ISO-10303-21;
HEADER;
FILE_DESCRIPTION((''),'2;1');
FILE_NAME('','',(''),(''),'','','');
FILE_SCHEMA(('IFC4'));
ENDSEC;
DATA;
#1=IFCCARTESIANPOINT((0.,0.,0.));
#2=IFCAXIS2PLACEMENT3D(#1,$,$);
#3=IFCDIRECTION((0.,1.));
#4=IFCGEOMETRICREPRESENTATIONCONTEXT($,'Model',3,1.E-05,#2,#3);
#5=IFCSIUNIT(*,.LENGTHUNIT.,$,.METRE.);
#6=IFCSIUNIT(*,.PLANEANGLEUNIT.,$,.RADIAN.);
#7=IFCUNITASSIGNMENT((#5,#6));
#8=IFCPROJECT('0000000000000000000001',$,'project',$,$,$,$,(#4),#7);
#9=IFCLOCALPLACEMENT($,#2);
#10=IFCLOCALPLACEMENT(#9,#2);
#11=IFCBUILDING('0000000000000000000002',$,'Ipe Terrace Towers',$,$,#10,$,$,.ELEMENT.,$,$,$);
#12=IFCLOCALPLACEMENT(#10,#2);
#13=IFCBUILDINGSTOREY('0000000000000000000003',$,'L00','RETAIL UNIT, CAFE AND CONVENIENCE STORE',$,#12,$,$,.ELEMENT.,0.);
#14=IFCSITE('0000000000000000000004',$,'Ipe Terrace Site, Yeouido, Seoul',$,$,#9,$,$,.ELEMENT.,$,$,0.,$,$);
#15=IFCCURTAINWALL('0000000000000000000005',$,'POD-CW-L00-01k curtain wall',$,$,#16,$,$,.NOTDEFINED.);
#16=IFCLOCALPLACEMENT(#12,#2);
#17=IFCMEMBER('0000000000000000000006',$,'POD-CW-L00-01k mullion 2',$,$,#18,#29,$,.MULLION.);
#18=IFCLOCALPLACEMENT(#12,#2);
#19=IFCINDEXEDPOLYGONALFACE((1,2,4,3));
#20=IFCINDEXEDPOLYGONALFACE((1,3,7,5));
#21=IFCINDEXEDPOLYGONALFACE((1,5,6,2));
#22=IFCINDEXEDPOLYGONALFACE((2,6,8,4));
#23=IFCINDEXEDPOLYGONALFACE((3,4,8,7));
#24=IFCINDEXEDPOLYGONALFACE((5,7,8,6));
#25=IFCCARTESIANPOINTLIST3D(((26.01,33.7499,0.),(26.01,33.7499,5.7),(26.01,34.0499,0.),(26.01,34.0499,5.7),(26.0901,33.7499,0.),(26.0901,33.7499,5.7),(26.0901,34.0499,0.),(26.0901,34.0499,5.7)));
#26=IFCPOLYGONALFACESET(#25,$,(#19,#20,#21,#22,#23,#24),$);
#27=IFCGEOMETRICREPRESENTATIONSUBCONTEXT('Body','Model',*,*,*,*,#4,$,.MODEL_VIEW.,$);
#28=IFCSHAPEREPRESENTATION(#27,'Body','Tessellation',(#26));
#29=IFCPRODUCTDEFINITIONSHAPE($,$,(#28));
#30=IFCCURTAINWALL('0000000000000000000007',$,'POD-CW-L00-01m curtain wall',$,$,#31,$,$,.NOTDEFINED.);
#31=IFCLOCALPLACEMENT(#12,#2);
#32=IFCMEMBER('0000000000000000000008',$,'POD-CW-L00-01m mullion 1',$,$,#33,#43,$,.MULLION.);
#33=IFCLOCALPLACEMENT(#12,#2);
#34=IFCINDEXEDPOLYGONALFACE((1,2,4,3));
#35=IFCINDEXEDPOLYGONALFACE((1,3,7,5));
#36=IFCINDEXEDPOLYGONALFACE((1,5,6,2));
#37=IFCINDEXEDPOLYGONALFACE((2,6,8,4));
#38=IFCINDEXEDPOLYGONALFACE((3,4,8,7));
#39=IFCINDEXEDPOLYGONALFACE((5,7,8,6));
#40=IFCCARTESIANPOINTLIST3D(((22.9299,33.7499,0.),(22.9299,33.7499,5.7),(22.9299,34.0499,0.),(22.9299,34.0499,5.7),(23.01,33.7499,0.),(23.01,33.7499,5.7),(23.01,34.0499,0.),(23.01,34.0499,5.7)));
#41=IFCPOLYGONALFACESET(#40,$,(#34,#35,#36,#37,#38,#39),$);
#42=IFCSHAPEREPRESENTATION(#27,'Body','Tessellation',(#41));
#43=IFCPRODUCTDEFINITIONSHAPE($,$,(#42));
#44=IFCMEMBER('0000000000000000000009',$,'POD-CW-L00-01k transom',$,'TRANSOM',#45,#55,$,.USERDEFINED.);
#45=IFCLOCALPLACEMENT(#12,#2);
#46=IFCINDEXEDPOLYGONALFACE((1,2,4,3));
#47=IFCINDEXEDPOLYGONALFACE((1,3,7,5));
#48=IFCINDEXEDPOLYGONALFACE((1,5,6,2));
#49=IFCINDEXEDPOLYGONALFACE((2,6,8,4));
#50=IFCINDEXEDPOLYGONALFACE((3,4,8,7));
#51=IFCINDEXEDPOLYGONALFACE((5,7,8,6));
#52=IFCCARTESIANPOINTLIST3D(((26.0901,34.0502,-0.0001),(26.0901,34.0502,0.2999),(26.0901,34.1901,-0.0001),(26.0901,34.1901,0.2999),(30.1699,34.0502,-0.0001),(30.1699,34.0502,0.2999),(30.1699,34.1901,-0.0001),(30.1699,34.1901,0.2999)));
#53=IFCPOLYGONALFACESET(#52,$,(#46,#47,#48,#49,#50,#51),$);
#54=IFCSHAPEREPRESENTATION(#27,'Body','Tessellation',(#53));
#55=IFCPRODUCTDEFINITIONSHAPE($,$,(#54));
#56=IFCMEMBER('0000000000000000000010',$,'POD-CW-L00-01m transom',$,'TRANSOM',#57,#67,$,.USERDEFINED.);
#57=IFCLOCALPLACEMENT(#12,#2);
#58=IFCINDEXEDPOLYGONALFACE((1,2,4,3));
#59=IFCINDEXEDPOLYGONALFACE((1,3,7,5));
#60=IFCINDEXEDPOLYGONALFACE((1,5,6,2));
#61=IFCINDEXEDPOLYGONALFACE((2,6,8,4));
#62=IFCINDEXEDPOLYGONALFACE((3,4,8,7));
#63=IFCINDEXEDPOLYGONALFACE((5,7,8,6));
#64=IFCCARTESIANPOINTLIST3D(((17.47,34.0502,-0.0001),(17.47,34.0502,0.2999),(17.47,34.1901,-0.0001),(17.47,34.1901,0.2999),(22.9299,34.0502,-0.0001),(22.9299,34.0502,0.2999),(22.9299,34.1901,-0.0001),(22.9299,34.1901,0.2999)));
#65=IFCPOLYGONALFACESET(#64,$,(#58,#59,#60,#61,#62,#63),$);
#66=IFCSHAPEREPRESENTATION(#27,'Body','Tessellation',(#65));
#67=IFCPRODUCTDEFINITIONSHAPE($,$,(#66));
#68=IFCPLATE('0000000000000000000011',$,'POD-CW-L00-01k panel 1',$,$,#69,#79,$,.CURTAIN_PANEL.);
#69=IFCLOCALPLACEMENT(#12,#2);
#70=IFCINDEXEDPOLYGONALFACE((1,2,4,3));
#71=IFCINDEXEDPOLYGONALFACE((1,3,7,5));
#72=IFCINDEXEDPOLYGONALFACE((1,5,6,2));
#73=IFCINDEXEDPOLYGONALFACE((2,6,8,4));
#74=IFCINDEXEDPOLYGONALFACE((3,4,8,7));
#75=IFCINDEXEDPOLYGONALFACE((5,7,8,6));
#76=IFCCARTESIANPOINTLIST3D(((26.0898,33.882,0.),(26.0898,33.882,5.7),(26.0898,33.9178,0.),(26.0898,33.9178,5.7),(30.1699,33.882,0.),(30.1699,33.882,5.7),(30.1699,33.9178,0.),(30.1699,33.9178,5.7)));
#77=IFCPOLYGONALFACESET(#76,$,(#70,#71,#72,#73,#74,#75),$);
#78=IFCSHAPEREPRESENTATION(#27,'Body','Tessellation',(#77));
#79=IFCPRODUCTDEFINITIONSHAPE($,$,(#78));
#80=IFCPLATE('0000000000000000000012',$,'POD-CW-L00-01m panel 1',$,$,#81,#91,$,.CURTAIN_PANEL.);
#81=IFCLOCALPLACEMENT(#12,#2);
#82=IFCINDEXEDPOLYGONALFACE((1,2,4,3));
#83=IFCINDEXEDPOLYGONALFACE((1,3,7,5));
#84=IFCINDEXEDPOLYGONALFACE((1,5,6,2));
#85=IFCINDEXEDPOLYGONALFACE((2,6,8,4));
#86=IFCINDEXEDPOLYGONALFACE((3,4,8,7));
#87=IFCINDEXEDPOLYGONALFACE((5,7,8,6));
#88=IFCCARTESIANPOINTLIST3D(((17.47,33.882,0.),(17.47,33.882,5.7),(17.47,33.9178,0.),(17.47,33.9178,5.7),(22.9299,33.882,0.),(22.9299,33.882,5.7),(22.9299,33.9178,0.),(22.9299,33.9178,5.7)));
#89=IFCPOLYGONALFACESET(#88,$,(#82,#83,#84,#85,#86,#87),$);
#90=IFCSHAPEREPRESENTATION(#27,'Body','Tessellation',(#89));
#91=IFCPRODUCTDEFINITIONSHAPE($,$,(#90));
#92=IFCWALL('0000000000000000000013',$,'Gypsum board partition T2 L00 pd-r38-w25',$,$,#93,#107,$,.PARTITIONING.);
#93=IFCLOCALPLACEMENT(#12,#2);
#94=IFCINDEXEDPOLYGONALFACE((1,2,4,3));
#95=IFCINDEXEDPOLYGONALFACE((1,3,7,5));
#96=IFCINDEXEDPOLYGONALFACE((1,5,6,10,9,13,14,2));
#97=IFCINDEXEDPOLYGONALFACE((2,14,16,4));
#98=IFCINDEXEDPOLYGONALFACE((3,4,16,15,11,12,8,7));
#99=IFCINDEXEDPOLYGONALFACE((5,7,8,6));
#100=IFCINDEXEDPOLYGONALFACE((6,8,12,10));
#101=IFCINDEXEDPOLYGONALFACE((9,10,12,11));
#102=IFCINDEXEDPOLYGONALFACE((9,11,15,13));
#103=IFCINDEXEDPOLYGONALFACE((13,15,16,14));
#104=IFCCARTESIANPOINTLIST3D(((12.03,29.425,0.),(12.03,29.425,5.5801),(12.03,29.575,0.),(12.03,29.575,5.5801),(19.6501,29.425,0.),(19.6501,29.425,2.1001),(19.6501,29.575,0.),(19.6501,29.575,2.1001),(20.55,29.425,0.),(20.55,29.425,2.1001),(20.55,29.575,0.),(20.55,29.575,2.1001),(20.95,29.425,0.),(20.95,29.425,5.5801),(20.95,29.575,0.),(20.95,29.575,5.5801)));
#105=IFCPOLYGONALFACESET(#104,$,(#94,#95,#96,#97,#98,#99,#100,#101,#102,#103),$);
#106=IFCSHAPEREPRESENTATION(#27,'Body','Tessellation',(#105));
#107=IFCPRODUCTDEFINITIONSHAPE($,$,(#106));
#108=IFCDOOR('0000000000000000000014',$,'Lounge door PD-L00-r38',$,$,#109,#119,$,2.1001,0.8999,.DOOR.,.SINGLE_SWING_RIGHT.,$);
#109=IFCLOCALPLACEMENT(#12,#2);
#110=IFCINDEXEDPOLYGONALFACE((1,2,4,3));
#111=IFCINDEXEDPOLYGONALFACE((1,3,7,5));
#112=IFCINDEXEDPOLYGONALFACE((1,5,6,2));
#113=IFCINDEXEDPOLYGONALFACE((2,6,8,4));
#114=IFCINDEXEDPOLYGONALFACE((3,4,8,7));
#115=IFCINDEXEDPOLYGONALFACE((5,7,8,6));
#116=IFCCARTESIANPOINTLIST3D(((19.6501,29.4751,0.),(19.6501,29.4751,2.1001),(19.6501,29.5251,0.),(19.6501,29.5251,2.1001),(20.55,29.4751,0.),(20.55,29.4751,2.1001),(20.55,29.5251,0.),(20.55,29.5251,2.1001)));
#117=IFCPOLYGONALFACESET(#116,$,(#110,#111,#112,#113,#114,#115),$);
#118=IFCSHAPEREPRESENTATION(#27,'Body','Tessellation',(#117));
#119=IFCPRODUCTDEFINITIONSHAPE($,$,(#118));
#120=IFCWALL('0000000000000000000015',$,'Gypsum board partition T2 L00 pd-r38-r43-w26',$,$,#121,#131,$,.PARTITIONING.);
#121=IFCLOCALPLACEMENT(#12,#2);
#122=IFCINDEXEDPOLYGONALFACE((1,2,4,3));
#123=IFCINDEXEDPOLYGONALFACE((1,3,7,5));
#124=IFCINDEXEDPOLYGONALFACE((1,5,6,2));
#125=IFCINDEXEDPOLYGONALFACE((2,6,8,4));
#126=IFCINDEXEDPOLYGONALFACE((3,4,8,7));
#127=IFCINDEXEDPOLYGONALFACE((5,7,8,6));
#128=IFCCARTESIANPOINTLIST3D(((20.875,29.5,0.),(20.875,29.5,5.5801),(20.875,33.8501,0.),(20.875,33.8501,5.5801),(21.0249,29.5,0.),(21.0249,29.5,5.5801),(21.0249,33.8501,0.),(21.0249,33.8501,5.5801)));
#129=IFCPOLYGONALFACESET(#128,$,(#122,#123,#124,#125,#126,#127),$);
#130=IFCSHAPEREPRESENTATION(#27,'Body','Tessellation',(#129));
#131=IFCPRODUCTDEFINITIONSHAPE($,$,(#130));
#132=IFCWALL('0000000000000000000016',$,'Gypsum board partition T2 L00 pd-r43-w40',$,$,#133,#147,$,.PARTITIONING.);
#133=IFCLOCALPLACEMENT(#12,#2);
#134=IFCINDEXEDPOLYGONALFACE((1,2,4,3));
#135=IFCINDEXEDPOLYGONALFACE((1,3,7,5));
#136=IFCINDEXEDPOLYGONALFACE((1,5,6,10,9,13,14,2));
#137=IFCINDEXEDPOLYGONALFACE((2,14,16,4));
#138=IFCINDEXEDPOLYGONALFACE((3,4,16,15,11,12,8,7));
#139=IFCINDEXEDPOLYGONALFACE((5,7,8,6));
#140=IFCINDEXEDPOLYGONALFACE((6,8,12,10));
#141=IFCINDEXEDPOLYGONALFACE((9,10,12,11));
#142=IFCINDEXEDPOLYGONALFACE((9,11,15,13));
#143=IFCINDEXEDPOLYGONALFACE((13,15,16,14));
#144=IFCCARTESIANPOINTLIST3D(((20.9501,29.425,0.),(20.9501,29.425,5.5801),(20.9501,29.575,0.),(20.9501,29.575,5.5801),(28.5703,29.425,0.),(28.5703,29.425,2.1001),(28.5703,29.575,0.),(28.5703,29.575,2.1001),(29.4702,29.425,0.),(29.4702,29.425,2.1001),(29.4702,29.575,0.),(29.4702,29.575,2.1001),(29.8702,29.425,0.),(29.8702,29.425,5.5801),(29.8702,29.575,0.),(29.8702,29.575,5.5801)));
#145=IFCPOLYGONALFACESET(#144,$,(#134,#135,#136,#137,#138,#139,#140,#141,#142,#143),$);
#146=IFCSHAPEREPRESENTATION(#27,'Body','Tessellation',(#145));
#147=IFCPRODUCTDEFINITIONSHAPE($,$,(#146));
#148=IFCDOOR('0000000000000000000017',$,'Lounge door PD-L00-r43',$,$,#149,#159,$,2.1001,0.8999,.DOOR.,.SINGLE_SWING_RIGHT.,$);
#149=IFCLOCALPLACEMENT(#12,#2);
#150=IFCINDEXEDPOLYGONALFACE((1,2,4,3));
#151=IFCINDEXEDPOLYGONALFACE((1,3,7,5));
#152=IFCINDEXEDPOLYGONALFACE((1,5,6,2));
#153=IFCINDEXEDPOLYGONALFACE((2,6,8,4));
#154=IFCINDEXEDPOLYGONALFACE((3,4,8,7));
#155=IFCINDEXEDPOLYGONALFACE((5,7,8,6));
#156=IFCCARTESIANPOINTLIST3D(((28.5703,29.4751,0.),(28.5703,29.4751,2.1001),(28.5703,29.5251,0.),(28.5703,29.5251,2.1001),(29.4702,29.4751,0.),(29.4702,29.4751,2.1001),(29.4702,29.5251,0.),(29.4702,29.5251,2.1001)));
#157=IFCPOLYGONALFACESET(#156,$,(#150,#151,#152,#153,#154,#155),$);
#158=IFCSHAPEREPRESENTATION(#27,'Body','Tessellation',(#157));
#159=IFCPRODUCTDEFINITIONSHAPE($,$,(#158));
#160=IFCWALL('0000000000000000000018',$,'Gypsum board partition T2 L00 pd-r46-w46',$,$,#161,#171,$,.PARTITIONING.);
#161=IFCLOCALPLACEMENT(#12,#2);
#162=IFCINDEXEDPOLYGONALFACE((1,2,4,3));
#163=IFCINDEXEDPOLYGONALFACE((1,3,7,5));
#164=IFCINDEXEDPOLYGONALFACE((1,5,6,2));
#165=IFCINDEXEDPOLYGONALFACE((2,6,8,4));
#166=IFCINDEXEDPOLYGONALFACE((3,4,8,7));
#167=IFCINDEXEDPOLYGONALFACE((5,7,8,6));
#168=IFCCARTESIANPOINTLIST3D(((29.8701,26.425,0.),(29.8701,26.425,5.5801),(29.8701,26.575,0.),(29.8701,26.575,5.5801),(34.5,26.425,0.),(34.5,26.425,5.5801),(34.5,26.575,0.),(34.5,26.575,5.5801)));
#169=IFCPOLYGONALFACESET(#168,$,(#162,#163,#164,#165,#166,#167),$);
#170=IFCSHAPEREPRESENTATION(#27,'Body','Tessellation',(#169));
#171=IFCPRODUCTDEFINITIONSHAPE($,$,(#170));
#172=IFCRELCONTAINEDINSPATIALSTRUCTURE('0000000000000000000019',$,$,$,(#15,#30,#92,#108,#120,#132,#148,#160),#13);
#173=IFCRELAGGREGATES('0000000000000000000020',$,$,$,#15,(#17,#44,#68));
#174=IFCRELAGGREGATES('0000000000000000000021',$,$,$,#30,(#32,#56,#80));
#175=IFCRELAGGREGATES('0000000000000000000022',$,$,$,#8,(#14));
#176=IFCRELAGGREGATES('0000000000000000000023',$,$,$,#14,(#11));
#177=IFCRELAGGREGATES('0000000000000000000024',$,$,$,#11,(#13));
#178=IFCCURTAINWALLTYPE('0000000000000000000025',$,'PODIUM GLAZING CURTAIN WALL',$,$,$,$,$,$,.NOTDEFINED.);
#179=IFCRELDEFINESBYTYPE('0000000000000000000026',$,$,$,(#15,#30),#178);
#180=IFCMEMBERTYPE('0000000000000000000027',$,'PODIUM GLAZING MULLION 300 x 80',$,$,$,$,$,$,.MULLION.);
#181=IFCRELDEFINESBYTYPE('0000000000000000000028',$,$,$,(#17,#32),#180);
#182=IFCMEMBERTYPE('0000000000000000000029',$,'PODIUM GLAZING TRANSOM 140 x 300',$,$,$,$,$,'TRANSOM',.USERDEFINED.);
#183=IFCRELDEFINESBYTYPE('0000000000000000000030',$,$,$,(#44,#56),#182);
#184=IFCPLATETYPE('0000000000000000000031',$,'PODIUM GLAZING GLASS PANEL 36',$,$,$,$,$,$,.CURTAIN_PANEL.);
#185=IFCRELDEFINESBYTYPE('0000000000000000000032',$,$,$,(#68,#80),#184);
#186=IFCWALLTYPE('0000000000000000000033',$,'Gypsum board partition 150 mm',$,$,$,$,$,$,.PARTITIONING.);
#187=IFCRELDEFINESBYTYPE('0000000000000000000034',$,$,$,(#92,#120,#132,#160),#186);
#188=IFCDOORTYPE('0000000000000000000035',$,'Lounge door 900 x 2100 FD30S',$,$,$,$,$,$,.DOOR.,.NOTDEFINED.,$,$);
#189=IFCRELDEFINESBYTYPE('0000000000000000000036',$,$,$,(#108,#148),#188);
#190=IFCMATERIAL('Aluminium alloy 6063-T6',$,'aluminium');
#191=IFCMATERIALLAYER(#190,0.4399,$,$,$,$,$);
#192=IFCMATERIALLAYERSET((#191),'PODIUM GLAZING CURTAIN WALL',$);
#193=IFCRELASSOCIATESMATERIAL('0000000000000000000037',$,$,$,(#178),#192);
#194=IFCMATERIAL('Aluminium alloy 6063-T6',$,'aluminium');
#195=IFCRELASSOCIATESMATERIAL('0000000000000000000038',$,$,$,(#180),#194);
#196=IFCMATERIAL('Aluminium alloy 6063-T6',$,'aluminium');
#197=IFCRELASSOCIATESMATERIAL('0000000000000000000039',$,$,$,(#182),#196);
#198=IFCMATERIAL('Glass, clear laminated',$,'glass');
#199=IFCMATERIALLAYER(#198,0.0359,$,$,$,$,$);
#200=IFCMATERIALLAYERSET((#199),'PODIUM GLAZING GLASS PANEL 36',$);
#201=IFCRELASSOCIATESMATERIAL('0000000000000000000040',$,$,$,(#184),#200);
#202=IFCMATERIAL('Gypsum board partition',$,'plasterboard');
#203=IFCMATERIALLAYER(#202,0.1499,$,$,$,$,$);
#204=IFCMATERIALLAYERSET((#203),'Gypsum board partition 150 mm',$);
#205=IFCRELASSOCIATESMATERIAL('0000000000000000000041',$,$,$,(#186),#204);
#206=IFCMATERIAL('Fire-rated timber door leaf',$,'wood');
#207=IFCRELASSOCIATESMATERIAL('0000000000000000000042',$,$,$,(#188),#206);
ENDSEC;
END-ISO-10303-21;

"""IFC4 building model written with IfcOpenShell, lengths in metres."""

from ifc_helpers import new_model, si_unit, direction, frame, frame_2d, origin, origin_2d, place, context, subcontext, project, spatial, rectangle, extrude, material, layer, layer_set, material_profile, profile_set, type_object, element, fill, aggregate, save


model = new_model("IFC4")

# Units and contexts
model_context = context("Model", 3, precision=1e-05, world=origin(), true_north=direction((0.0, 1.0)))
body_context = subcontext(model_context, "Body", "Model", "MODEL_VIEW")
ifc_project = project(units=[si_unit("LENGTHUNIT", "METRE"), si_unit("PLANEANGLEUNIT", "RADIAN")], contexts=[model_context])

# Site, building, storey
site_placement = place(None, origin())
site = spatial("IfcSite", under=ifc_project, at=site_placement, Name="Ipe Terrace Site, Yeouido, Seoul", CompositionType="ELEMENT", RefElevation=0.0)
building_placement = place(site_placement, origin())
building = spatial("IfcBuilding", under=site, at=building_placement, Name="Ipe Terrace Towers", CompositionType="ELEMENT")
storey_placement = place(building_placement, origin())
storey = spatial("IfcBuildingStorey", under=building, at=storey_placement, Name="L00", Description="RETAIL UNIT, CAFE AND CONVENIENCE STORE", CompositionType="ELEMENT", Elevation=0.0)

# Curtain wall, member
ifc_material_1 = material(Name="Aluminium alloy 6063-T6", Category="aluminium")
ifc_layer_1 = layer(ifc_material_1, 0.4399)
ifc_layer_set_1 = layer_set([ifc_layer_1], Name="PODIUM GLAZING CURTAIN WALL")
curtain_wall_type = type_object("IfcCurtainWallType", Name="PODIUM GLAZING CURTAIN WALL", PredefinedType="NOTDEFINED", material=ifc_layer_set_1)
curtain_wall_1_placement = place(storey_placement, origin())
curtain_wall_1 = element("IfcCurtainWall", 1, at=curtain_wall_1_placement, inside=storey, type_object=curtain_wall_type, Name="POD-CW-L00-01k curtain wall", PredefinedType="NOTDEFINED")
ifc_material_2 = material(Name="Aluminium alloy 6063-T6", Category="aluminium")
ifc_material_profile_1 = material_profile(ifc_material_2, rectangle(XDim=0.3, YDim=0.0801, at=origin_2d()), Name="PODIUM GLAZING MULLION 300 x 80")
ifc_profile_set_1 = profile_set([ifc_material_profile_1], Name="Aluminium alloy 6063-T6")
member_type_1 = type_object("IfcMemberType", Name="PODIUM GLAZING MULLION 300 x 80", PredefinedType="MULLION", material=ifc_profile_set_1)
member_1_placement = place(storey_placement, frame((26.05, 33.8999, 0.0), z_axis=(0.0, 0.0, 1.0), x_axis=(0.0, 1.0, 0.0)))
member_1 = element("IfcMember", 2, at=member_1_placement, type_object=member_type_1, Name="POD-CW-L00-01k mullion 2", PredefinedType="MULLION", context=body_context, shape_type="SweptSolid", body=[
    extrude(rectangle(XDim=0.3, YDim=0.0801, at=origin_2d()), origin(), (0.0, 0.0, 1.0), 5.7),
])

# Curtain wall, member
curtain_wall_2_placement = place(storey_placement, origin())
curtain_wall_2 = element("IfcCurtainWall", 3, at=curtain_wall_2_placement, inside=storey, type_object=curtain_wall_type, Name="POD-CW-L00-01m curtain wall", PredefinedType="NOTDEFINED")
member_2_placement = place(storey_placement, frame((22.97, 33.8999, 0.0), z_axis=(0.0, 0.0, 1.0), x_axis=(0.0, 1.0, 0.0)))
member_2 = element("IfcMember", 4, at=member_2_placement, type_object=member_type_1, Name="POD-CW-L00-01m mullion 1", PredefinedType="MULLION", context=body_context, shape_type="SweptSolid", body=[
    extrude(rectangle(XDim=0.3, YDim=0.0801, at=origin_2d()), origin(), (0.0, 0.0, 1.0), 5.7),
])

# Members
ifc_material_3 = material(Name="Aluminium alloy 6063-T6", Category="aluminium")
ifc_material_profile_2 = material_profile(ifc_material_3, rectangle(XDim=0.1399, YDim=0.3, at=origin_2d()), Name="PODIUM GLAZING TRANSOM 140 x 300")
ifc_profile_set_2 = profile_set([ifc_material_profile_2], Name="Aluminium alloy 6063-T6")
member_type_2 = type_object("IfcMemberType", Name="PODIUM GLAZING TRANSOM 140 x 300", ElementType="TRANSOM", PredefinedType="USERDEFINED", material=ifc_profile_set_2)
member_3_placement = place(storey_placement, frame((30.1699, 34.1201, 0.1499), z_axis=(-1.0, 0.0, 0.0), x_axis=(0.0, 1.0, 0.0)))
member_3 = element("IfcMember", 5, at=member_3_placement, type_object=member_type_2, Name="POD-CW-L00-01k transom", ObjectType="TRANSOM", PredefinedType="USERDEFINED", context=body_context, shape_type="SweptSolid", body=[
    extrude(rectangle(XDim=0.1399, YDim=0.3, at=origin_2d()), origin(), (0.0, 0.0, 1.0), 4.0798),
])
member_4_placement = place(storey_placement, frame((22.9299, 34.1201, 0.1499), z_axis=(-1.0, 0.0, 0.0), x_axis=(0.0, 1.0, 0.0)))
member_4 = element("IfcMember", 6, at=member_4_placement, type_object=member_type_2, Name="POD-CW-L00-01m transom", ObjectType="TRANSOM", PredefinedType="USERDEFINED", context=body_context, shape_type="SweptSolid", body=[
    extrude(rectangle(XDim=0.1399, YDim=0.3, at=origin_2d()), origin(), (0.0, 0.0, 1.0), 5.46),
])

# Plates
ifc_material_4 = material(Name="Glass, clear laminated", Category="glass")
ifc_layer_2 = layer(ifc_material_4, 0.0359)
ifc_layer_set_2 = layer_set([ifc_layer_2], Name="PODIUM GLAZING GLASS PANEL 36")
plate_type = type_object("IfcPlateType", Name="PODIUM GLAZING GLASS PANEL 36", PredefinedType="CURTAIN_PANEL", material=ifc_layer_set_2)
plate_1_placement = place(storey_placement, frame((28.1299, 33.8999, 0.0), z_axis=(0.0, 0.0, 1.0), x_axis=(-1.0, 0.0, 0.0)))
plate_1 = element("IfcPlate", 7, at=plate_1_placement, type_object=plate_type, Name="POD-CW-L00-01k panel 1", PredefinedType="CURTAIN_PANEL", context=body_context, shape_type="SweptSolid", body=[
    extrude(rectangle(XDim=4.0801, YDim=0.0359, at=origin_2d()), origin(), (0.0, 0.0, 1.0), 5.7),
])
aggregate(curtain_wall_1, [member_1, member_3, plate_1])
plate_2_placement = place(storey_placement, frame((20.2, 33.8999, 0.0), z_axis=(0.0, 0.0, 1.0), x_axis=(-1.0, 0.0, 0.0)))
plate_2 = element("IfcPlate", 8, at=plate_2_placement, type_object=plate_type, Name="POD-CW-L00-01m panel 1", PredefinedType="CURTAIN_PANEL", context=body_context, shape_type="SweptSolid", body=[
    extrude(rectangle(XDim=5.46, YDim=0.0359, at=origin_2d()), origin(), (0.0, 0.0, 1.0), 5.7),
])
aggregate(curtain_wall_2, [member_2, member_4, plate_2])

# Wall, opening, door
ifc_material_5 = material(Name="Gypsum board partition", Category="plasterboard")
ifc_layer_3 = layer(ifc_material_5, 0.1499)
ifc_layer_set_3 = layer_set([ifc_layer_3], Name="Gypsum board partition 150 mm")
wall_type_1 = type_object("IfcWallType", Name="Gypsum board partition 150 mm", PredefinedType="PARTITIONING", material=ifc_layer_set_3)
wall_1_placement = place(storey_placement, frame((20.95, 29.5, 0.0), z_axis=(0.0, 0.0, 1.0), x_axis=(-1.0, 0.0, 0.0)))
wall_1 = element("IfcWall", 9, at=wall_1_placement, inside=storey, type_object=wall_type_1, Name="Gypsum board partition T2 L00 pd-r38-w25", PredefinedType="PARTITIONING", context=body_context, shape_type="SweptSolid", body=[
    extrude(rectangle(XDim=8.9199, YDim=0.1499, at=frame_2d((4.46, 0.0))), origin(), (0.0, 0.0, 1.0), 5.5801),
])
opening_1_placement = place(wall_1_placement, frame((0.3999, 0.0, 0.0)))
opening_1 = element("IfcOpeningElement", 10, at=opening_1_placement, cuts=wall_1, PredefinedType="OPENING", context=body_context, shape_type="SweptSolid", body=[
    extrude(rectangle(XDim=0.8999, YDim=2.1001, at=frame_2d((0.45, 1.05))), frame((0.0, 0.085, 0.0), z_axis=(0.0, -1.0, 0.0), x_axis=(1.0, 0.0, 0.0)), (0.0, 0.0, 1.0), 0.1699),
])
ifc_material_6 = material(Name="Fire-rated timber door leaf", Category="wood")
door_type_1 = type_object("IfcDoorType", Name="Lounge door 900 x 2100 FD30S", OperationType="NOTDEFINED", PredefinedType="DOOR", material=ifc_material_6)
door_1_placement = place(opening_1_placement, origin())
door_1 = element("IfcDoor", 11, at=door_1_placement, inside=storey, type_object=door_type_1, Name="Lounge door PD-L00-r38", OperationType="SINGLE_SWING_RIGHT", OverallHeight=2.1001, OverallWidth=0.8999, PredefinedType="DOOR", context=body_context, shape_type="SweptSolid", body=[
    extrude(rectangle(XDim=0.8999, YDim=2.1001, at=frame_2d((0.45, 1.05))), frame((0.0, 0.0249, 0.0), z_axis=(0.0, -1.0, 0.0), x_axis=(1.0, 0.0, 0.0)), (0.0, 0.0, 1.0), 0.05),
])
fill(opening_1, door_1)

# Wall
wall_2_placement = place(storey_placement, frame((20.95, 33.8501, 0.0), z_axis=(0.0, 0.0, 1.0), x_axis=(0.0, -1.0, 0.0)))
element("IfcWall", 12, at=wall_2_placement, inside=storey, type_object=wall_type_1, Name="Gypsum board partition T2 L00 pd-r38-r43-w26", PredefinedType="PARTITIONING", context=body_context, shape_type="SweptSolid", body=[
    extrude(rectangle(XDim=4.3501, YDim=0.1499, at=frame_2d((2.175, 0.0))), origin(), (0.0, 0.0, 1.0), 5.5801),
])

# Wall, opening, door
wall_3_placement = place(storey_placement, frame((29.8701, 29.5, 0.0), z_axis=(0.0, 0.0, 1.0), x_axis=(-1.0, 0.0, 0.0)))
wall_3 = element("IfcWall", 13, at=wall_3_placement, inside=storey, type_object=wall_type_1, Name="Gypsum board partition T2 L00 pd-r43-w40", PredefinedType="PARTITIONING", context=body_context, shape_type="SweptSolid", body=[
    extrude(rectangle(XDim=8.9202, YDim=0.1499, at=frame_2d((4.46, 0.0))), origin(), (0.0, 0.0, 1.0), 5.5801),
])
opening_2_placement = place(wall_3_placement, frame((0.3999, 0.0, 0.0)))
opening_2 = element("IfcOpeningElement", 14, at=opening_2_placement, cuts=wall_3, PredefinedType="OPENING", context=body_context, shape_type="SweptSolid", body=[
    extrude(rectangle(XDim=0.8999, YDim=2.1001, at=frame_2d((0.45, 1.05))), frame((0.0, 0.085, 0.0), z_axis=(0.0, -1.0, 0.0), x_axis=(1.0, 0.0, 0.0)), (0.0, 0.0, 1.0), 0.1699),
])
door_2_placement = place(opening_2_placement, origin())
door_2 = element("IfcDoor", 15, at=door_2_placement, inside=storey, type_object=door_type_1, Name="Lounge door PD-L00-r43", OperationType="SINGLE_SWING_RIGHT", OverallHeight=2.1001, OverallWidth=0.8999, PredefinedType="DOOR", context=body_context, shape_type="SweptSolid", body=[
    extrude(rectangle(XDim=0.8999, YDim=2.1001, at=frame_2d((0.45, 1.05))), frame((0.0, 0.0249, 0.0), z_axis=(0.0, -1.0, 0.0), x_axis=(1.0, 0.0, 0.0)), (0.0, 0.0, 1.0), 0.05),
])
fill(opening_2, door_2)

# Wall
wall_4_placement = place(storey_placement, frame((29.8701, 26.5, 0.0), z_axis=(0.0, 0.0, 1.0), x_axis=(1.0, 0.0, 0.0)))
element("IfcWall", 16, at=wall_4_placement, inside=storey, type_object=wall_type_1, Name="Gypsum board partition T2 L00 pd-r46-w46", PredefinedType="PARTITIONING", context=body_context, shape_type="SweptSolid", body=[
    extrude(rectangle(XDim=4.6299, YDim=0.1499, at=frame_2d((2.3149, 0.0))), origin(), (0.0, 0.0, 1.0), 5.5801),
])

save(model, "model.ifc")
